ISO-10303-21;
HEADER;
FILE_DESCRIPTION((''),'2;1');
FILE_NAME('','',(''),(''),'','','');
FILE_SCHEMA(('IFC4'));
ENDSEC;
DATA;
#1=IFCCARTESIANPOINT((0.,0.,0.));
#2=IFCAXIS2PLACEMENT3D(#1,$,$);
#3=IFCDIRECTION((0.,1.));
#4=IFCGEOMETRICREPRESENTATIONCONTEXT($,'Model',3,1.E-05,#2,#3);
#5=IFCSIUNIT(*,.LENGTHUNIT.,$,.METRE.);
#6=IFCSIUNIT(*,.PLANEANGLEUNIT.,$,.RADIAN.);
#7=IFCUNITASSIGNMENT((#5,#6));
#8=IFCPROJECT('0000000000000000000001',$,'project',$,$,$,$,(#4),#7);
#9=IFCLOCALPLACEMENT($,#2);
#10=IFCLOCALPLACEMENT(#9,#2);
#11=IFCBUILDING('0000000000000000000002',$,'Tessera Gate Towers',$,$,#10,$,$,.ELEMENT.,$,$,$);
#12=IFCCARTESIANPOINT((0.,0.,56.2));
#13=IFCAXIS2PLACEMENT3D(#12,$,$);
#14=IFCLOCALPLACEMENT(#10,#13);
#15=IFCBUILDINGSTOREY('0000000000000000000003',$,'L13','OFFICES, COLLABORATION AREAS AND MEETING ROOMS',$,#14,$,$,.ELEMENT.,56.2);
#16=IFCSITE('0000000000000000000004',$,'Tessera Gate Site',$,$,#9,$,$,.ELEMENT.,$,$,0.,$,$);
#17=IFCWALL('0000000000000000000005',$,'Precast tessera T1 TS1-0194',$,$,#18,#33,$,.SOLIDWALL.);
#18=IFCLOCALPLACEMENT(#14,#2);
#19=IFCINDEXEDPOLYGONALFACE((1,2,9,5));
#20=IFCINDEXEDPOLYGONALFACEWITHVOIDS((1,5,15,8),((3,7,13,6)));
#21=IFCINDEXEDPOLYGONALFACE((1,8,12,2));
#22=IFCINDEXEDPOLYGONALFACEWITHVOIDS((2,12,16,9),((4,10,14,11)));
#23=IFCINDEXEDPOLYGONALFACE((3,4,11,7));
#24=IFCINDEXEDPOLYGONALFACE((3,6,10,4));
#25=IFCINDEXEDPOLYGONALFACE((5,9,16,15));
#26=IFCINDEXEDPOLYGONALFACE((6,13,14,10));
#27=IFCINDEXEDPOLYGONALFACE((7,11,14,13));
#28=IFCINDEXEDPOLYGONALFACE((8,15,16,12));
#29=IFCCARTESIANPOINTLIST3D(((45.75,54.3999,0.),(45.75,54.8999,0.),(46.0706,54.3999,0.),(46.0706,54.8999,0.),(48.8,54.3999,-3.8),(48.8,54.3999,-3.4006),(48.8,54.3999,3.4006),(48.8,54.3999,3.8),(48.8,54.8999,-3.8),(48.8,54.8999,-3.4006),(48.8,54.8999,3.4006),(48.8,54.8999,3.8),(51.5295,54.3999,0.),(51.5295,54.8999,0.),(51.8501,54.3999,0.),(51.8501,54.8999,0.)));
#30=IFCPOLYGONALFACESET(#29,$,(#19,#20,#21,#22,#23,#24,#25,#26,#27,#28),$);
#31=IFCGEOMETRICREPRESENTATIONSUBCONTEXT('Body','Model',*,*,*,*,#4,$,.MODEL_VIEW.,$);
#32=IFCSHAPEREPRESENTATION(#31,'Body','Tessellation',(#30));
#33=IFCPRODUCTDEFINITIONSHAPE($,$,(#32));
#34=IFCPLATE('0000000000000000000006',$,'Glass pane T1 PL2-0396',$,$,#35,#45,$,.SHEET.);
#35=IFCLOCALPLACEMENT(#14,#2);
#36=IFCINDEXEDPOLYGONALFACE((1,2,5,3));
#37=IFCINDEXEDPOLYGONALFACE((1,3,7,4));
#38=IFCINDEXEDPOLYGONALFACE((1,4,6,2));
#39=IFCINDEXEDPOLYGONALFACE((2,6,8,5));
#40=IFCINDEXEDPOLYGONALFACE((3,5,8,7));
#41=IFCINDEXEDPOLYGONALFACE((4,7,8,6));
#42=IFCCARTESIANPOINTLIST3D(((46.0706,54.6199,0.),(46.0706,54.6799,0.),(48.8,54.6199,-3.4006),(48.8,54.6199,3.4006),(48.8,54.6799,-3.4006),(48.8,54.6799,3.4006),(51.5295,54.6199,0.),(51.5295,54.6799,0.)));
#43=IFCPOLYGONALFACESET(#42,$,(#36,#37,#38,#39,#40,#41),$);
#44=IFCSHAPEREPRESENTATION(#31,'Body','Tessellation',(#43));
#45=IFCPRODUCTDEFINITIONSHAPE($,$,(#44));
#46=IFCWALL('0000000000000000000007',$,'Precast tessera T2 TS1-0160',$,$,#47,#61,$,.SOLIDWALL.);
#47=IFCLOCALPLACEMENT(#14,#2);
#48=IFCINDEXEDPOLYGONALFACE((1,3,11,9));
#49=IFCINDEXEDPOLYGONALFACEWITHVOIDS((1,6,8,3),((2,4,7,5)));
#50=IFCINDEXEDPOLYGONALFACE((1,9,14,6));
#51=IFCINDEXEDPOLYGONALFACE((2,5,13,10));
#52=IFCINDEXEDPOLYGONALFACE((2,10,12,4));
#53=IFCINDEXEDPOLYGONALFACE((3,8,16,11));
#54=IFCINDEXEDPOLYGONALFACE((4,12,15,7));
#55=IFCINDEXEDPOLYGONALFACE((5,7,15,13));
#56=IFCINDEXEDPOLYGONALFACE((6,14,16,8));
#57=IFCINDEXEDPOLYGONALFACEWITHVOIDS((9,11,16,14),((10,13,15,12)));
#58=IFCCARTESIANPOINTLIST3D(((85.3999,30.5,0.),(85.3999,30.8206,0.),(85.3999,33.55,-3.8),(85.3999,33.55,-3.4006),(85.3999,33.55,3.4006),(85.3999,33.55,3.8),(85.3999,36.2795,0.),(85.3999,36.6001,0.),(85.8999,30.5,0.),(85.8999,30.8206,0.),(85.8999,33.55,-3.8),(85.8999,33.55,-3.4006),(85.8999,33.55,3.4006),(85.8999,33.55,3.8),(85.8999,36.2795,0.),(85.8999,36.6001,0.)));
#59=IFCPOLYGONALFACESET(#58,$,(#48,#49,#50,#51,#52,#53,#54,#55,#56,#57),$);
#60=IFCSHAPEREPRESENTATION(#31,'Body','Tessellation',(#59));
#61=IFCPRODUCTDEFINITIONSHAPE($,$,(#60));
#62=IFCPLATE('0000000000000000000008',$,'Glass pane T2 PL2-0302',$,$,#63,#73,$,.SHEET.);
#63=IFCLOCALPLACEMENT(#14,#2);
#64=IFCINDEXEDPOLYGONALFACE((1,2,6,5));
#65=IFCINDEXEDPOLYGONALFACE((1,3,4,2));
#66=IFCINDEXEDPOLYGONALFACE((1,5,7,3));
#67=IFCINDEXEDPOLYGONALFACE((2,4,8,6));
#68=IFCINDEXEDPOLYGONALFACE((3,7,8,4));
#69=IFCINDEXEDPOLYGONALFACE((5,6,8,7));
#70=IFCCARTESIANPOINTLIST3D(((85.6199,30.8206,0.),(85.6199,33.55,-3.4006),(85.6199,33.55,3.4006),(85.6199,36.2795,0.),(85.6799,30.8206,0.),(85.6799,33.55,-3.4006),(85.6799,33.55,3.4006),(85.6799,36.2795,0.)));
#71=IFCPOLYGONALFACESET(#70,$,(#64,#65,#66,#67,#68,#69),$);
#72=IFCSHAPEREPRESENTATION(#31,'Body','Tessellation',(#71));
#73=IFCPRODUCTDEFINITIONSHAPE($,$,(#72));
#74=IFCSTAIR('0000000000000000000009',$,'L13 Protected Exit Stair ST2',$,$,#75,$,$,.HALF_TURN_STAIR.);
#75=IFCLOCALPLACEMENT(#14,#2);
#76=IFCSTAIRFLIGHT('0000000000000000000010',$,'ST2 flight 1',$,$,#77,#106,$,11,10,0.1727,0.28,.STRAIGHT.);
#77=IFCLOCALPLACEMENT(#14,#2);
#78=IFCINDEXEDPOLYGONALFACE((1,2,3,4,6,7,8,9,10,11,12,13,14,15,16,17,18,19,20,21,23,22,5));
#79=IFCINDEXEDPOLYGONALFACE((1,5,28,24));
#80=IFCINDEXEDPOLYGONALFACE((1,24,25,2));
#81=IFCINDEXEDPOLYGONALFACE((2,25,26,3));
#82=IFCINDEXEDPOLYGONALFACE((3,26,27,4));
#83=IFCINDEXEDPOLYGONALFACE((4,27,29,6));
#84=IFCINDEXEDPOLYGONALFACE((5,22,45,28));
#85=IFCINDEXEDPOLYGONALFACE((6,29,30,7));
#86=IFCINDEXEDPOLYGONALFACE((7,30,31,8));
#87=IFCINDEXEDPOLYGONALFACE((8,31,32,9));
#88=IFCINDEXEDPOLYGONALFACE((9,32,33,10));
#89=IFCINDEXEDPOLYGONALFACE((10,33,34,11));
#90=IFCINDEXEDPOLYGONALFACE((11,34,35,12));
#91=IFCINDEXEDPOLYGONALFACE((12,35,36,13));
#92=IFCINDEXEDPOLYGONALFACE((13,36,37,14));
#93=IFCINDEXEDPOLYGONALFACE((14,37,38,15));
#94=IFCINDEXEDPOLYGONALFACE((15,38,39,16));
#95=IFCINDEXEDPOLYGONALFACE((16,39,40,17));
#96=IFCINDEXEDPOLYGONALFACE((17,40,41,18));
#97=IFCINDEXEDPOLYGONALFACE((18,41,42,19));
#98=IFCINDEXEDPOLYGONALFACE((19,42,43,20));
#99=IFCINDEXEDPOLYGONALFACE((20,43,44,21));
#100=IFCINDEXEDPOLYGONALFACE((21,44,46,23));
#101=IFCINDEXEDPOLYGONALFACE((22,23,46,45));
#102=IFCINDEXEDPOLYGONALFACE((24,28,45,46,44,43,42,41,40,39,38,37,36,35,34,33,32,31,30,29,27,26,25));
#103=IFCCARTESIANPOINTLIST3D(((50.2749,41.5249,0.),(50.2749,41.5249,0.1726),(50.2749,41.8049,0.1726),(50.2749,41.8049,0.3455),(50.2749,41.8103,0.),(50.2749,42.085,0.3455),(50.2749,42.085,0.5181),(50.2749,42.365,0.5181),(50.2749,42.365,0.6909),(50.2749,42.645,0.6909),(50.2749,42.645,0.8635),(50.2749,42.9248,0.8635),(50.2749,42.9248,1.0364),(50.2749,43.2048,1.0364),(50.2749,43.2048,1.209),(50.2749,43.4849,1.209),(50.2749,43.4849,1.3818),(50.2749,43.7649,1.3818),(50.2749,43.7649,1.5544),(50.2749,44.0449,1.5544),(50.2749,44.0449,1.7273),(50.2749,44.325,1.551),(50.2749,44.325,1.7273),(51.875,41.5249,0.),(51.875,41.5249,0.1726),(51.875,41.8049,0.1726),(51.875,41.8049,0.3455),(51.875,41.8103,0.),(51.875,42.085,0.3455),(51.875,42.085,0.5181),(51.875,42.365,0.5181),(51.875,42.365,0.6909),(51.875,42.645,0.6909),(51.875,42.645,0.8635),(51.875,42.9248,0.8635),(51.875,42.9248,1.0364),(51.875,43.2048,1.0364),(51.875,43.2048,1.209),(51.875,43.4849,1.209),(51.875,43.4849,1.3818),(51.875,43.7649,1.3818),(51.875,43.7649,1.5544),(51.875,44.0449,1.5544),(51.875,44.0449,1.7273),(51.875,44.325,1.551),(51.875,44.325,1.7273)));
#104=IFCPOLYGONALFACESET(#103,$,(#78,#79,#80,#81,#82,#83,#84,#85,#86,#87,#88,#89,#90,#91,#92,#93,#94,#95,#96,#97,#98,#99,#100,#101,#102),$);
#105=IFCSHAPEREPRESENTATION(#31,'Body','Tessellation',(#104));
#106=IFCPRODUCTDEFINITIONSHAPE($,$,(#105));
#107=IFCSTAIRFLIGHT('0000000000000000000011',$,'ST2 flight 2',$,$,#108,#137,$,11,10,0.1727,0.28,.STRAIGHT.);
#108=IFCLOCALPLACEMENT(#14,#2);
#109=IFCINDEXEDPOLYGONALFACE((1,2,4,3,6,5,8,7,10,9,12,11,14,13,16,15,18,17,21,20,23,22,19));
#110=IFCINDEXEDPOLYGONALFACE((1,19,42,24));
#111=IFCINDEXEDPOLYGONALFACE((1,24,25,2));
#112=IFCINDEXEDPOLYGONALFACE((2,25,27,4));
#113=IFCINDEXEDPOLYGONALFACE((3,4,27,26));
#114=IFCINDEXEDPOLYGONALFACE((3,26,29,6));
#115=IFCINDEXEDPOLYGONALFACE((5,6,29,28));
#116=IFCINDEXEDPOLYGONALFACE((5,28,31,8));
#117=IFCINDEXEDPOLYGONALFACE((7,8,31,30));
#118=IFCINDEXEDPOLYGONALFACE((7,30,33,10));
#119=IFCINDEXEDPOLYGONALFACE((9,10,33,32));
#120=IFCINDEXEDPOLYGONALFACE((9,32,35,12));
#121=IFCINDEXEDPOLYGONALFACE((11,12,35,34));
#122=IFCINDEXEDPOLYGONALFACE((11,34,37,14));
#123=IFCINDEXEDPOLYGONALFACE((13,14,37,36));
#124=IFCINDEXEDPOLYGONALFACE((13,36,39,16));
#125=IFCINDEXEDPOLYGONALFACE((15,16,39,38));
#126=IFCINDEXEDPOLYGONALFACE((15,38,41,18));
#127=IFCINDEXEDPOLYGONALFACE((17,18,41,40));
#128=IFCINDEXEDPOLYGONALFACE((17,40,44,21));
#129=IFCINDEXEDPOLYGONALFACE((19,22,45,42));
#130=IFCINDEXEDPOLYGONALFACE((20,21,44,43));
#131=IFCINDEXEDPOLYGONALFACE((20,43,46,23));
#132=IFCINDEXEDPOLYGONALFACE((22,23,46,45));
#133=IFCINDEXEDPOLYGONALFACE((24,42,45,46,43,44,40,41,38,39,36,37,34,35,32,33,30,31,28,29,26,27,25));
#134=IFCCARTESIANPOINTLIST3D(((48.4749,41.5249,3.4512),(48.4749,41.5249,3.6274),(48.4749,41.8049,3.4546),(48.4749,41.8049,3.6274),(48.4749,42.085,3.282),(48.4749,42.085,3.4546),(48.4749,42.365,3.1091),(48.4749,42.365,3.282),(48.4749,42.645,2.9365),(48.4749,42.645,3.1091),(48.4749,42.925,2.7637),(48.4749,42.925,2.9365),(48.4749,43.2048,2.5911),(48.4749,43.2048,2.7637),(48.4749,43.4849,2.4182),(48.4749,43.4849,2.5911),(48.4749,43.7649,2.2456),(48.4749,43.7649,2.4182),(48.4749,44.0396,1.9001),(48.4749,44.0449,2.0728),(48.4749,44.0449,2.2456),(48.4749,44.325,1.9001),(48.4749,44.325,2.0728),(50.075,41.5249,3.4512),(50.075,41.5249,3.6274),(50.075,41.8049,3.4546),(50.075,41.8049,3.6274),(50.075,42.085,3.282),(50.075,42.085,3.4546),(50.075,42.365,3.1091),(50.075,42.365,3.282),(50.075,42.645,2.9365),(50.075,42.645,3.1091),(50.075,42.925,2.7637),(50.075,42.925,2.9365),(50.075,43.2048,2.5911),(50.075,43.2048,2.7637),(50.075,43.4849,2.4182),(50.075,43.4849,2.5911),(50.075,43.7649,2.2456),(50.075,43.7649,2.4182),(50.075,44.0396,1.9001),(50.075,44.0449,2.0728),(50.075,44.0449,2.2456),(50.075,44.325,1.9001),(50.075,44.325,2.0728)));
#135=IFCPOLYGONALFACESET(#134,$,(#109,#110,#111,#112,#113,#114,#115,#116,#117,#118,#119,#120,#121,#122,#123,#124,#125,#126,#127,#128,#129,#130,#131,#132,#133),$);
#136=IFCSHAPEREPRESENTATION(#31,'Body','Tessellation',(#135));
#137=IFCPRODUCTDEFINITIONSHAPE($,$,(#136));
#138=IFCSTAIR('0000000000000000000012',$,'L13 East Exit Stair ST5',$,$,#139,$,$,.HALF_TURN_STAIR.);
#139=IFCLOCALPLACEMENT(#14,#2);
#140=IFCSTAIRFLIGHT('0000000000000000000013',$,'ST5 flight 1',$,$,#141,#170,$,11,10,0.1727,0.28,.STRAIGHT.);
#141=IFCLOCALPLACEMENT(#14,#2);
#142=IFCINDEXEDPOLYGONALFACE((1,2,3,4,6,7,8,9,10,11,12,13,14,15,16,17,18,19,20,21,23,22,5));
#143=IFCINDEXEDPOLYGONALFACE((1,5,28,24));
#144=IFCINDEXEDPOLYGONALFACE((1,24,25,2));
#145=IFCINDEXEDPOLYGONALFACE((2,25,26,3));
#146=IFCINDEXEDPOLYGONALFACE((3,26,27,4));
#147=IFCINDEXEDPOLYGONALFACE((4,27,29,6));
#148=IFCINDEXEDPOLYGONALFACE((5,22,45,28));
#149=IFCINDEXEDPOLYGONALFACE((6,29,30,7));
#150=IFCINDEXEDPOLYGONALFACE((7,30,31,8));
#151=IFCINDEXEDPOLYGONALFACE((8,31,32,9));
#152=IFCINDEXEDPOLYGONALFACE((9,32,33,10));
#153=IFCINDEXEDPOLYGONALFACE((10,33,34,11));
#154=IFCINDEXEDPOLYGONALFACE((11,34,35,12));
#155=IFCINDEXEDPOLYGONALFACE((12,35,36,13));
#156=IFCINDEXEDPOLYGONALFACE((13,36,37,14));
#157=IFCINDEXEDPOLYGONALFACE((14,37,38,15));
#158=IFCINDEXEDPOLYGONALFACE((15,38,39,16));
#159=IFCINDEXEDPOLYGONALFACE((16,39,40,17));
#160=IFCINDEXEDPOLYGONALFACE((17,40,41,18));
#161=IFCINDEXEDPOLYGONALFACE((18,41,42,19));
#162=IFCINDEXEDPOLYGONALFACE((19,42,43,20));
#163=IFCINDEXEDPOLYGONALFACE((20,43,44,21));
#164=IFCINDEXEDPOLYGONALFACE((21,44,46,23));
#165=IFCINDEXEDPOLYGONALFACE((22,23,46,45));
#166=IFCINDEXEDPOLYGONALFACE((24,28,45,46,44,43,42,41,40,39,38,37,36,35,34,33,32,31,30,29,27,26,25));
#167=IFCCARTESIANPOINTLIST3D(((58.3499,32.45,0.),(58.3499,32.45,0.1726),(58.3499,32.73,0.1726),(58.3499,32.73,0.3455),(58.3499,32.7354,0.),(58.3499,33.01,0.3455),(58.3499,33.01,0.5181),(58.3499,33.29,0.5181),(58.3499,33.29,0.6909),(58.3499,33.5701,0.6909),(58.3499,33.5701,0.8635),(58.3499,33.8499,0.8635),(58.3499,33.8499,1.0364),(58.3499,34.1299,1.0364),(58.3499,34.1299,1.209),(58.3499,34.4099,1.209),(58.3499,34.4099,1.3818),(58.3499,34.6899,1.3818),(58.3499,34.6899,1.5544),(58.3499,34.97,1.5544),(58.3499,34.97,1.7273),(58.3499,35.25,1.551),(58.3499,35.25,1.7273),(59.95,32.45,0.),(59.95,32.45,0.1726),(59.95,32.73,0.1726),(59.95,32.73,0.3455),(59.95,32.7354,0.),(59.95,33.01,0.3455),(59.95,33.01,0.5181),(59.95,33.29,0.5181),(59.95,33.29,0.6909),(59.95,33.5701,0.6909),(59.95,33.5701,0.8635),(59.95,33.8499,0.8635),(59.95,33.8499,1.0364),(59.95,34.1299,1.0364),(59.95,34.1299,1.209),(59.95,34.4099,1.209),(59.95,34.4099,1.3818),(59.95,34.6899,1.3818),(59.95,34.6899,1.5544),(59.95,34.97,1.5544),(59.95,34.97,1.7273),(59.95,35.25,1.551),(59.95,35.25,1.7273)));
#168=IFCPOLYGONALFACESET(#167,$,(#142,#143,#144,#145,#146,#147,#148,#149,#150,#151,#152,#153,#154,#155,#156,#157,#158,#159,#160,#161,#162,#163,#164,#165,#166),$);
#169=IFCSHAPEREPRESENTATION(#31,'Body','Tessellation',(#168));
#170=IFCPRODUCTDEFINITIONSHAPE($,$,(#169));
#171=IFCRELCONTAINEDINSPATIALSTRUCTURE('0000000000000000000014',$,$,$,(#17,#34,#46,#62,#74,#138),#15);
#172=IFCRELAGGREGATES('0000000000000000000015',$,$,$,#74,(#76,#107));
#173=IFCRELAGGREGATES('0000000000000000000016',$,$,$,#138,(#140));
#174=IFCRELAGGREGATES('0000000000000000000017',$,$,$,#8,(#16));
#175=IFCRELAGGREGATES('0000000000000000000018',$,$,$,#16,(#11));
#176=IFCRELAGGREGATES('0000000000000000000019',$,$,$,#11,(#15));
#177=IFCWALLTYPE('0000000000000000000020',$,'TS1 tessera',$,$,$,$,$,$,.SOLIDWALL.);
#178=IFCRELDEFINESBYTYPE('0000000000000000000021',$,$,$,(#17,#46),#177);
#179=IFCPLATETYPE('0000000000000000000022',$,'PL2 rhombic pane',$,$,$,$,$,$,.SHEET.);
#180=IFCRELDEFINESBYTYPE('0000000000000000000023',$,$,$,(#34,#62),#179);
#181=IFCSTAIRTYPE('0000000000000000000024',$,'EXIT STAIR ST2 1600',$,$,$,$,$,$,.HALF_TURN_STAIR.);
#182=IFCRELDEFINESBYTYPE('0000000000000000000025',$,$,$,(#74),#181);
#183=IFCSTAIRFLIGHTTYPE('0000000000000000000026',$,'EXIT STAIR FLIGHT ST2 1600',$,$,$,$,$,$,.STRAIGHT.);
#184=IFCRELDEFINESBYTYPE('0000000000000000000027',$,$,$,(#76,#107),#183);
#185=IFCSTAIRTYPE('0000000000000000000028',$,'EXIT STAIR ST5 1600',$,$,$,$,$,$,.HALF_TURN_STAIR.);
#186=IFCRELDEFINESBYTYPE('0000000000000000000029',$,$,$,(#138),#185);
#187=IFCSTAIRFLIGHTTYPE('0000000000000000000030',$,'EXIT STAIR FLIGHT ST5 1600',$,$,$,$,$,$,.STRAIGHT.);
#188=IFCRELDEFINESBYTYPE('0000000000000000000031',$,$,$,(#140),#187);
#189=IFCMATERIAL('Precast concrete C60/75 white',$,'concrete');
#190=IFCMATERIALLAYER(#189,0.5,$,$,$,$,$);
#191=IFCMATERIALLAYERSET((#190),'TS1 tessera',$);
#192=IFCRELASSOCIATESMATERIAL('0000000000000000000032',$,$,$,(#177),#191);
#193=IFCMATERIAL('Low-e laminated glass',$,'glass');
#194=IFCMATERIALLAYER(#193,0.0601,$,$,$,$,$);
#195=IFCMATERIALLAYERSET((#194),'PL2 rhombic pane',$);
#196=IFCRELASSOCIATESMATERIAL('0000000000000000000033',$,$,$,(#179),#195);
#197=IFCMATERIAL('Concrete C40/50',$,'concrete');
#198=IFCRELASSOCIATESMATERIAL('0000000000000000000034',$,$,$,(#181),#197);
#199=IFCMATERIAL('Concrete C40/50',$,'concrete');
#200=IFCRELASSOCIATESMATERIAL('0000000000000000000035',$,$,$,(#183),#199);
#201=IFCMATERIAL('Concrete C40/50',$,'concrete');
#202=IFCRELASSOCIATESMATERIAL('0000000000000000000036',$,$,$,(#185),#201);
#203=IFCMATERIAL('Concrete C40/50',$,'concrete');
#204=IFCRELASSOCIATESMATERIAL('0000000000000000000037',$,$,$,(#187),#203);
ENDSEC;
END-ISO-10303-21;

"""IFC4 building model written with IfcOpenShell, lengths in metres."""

from ifc_helpers import new_model, si_unit, direction, frame, origin, place, context, subcontext, project, spatial, polyline, outline, extrude, source, transform, mapped, material, layer, layer_set, type_object, element, fill, aggregate, save


model = new_model("IFC4")

# Units and contexts
model_context = context("Model", 3, precision=1e-05, world=origin(), true_north=direction((0.0, 1.0)))
body_context = subcontext(model_context, "Body", "Model", "MODEL_VIEW")
ifc_project = project(units=[si_unit("LENGTHUNIT", "METRE"), si_unit("PLANEANGLEUNIT", "RADIAN")], contexts=[model_context])

# Site, building, storey
site_placement = place(None, origin())
site = spatial("IfcSite", under=ifc_project, at=site_placement, Name="Tessera Gate Site", CompositionType="ELEMENT", RefElevation=0.0)
building_placement = place(site_placement, origin())
building = spatial("IfcBuilding", under=site, at=building_placement, Name="Tessera Gate Towers", CompositionType="ELEMENT")
storey_placement = place(building_placement, frame((0.0, 0.0, 56.2)))
storey = spatial("IfcBuildingStorey", under=building, at=storey_placement, Name="L13", Description="OFFICES, COLLABORATION AREAS AND MEETING ROOMS", CompositionType="ELEMENT", Elevation=56.2)

# Walls, openings, plates
ifc_material_1 = material(Name="Precast concrete C60/75 white", Category="concrete")
ifc_layer_1 = layer(ifc_material_1, 0.5)
ifc_layer_set_1 = layer_set([ifc_layer_1], Name="TS1 tessera")
wall_type_1 = type_object("IfcWallType", Name="TS1 tessera", PredefinedType="SOLIDWALL", material=ifc_layer_set_1)
shared_shape_1 = source(origin(), body_context, "Body", "SweptSolid", [
    extrude(outline(polyline([(3.05, 0.0), (6.1001, 3.8), (3.05, 7.6001), (0.0, 3.8), (3.05, 0.0)])), frame((0.0, 0.25, 0.0), z_axis=(0.0, -1.0, 0.0), x_axis=(1.0, 0.0, 0.0)), (0.0, 0.0, 1.0), 0.5),
])
wall_1_placement = place(storey_placement, frame((51.8501, 54.6499, -3.8), z_axis=(0.0, 0.0, 1.0), x_axis=(-1.0, 0.0, 0.0)))
wall_1 = element("IfcWall", 1, at=wall_1_placement, inside=storey, type_object=wall_type_1, Name="Precast tessera T1 TS1-0194", PredefinedType="SOLIDWALL", context=body_context, shape_type="MappedRepresentation", body=[
    mapped(shared_shape_1, transform((0.0, 0.0, 0.0), scale=1.0)),
])
shared_shape_2 = source(origin(), body_context, "Body", "SweptSolid", [
    extrude(outline(polyline([(3.05, 0.3994), (5.7795, 3.8), (3.05, 7.2007), (0.3206, 3.8), (3.05, 0.3994)])), frame((0.0, 0.26, 0.0), z_axis=(0.0, -1.0, 0.0), x_axis=(1.0, 0.0, 0.0)), (0.0, 0.0, 1.0), 0.52),
])
opening_1_placement = place(wall_1_placement, origin())
opening_1 = element("IfcOpeningElement", 2, at=opening_1_placement, cuts=wall_1, PredefinedType="OPENING", context=body_context, shape_type="MappedRepresentation", body=[
    mapped(shared_shape_2, transform((0.0, 0.0, 0.0), scale=1.0)),
])
ifc_material_2 = material(Name="Low-e laminated glass", Category="glass")
ifc_layer_2 = layer(ifc_material_2, 0.0601)
ifc_layer_set_2 = layer_set([ifc_layer_2], Name="PL2 rhombic pane")
plate_type = type_object("IfcPlateType", Name="PL2 rhombic pane", PredefinedType="SHEET", material=ifc_layer_set_2)
shared_shape_3 = source(origin(), body_context, "Body", "SweptSolid", [
    extrude(outline(polyline([(3.05, 0.3994), (5.7795, 3.8), (3.05, 7.2007), (0.3206, 3.8), (3.05, 0.3994)])), frame((0.0, 0.03, 0.0), z_axis=(0.0, -1.0, 0.0), x_axis=(1.0, 0.0, 0.0)), (0.0, 0.0, 1.0), 0.0601),
])
plate_1_placement = place(opening_1_placement, origin())
plate_1 = element("IfcPlate", 3, at=plate_1_placement, inside=storey, type_object=plate_type, Name="Glass pane T1 PL2-0396", PredefinedType="SHEET", context=body_context, shape_type="MappedRepresentation", body=[
    mapped(shared_shape_3, transform((0.0, 0.0, 0.0), scale=1.0)),
])
fill(opening_1, plate_1)
wall_2_placement = place(storey_placement, frame((85.6499, 36.6001, -3.8), z_axis=(0.0, 0.0, 1.0), x_axis=(0.0, -1.0, 0.0)))
wall_2 = element("IfcWall", 4, at=wall_2_placement, inside=storey, type_object=wall_type_1, Name="Precast tessera T2 TS1-0160", PredefinedType="SOLIDWALL", context=body_context, shape_type="MappedRepresentation", body=[
    mapped(shared_shape_1, transform((0.0, 0.0, 0.0), scale=1.0)),
])
opening_2_placement = place(wall_2_placement, origin())
opening_2 = element("IfcOpeningElement", 5, at=opening_2_placement, cuts=wall_2, PredefinedType="OPENING", context=body_context, shape_type="MappedRepresentation", body=[
    mapped(shared_shape_2, transform((0.0, 0.0, 0.0), scale=1.0)),
])
plate_2_placement = place(opening_2_placement, origin())
plate_2 = element("IfcPlate", 6, at=plate_2_placement, inside=storey, type_object=plate_type, Name="Glass pane T2 PL2-0302", PredefinedType="SHEET", context=body_context, shape_type="MappedRepresentation", body=[
    mapped(shared_shape_3, transform((0.0, 0.0, 0.0), scale=1.0)),
])
fill(opening_2, plate_2)

# Stairs, stair flights
ifc_material_3 = material(Name="Concrete C40/50", Category="concrete")
stair_type_1 = type_object("IfcStairType", Name="EXIT STAIR ST2 1600", PredefinedType="HALF_TURN_STAIR", material=ifc_material_3)
stair_1_placement = place(storey_placement, origin())
stair_1 = element("IfcStair", 7, at=stair_1_placement, inside=storey, type_object=stair_type_1, Name="L13 Protected Exit Stair ST2", PredefinedType="HALF_TURN_STAIR")
ifc_material_4 = material(Name="Concrete C40/50", Category="concrete")
stair_flight_type_1 = type_object("IfcStairFlightType", Name="EXIT STAIR FLIGHT ST2 1600", PredefinedType="STRAIGHT", material=ifc_material_4)
stair_flight_1_placement = place(storey_placement, frame((51.075, 41.5249, 0.0), z_axis=(0.0, 0.0, 1.0), x_axis=(0.0, 1.0, 0.0)))
stair_flight_1 = element("IfcStairFlight", 8, at=stair_flight_1_placement, type_object=stair_flight_type_1, Name="ST2 flight 1", NumberOfRisers=11, NumberOfTreads=10, PredefinedType="STRAIGHT", RiserHeight=0.1727, TreadLength=0.28, context=body_context, shape_type="SweptSolid", body=[
    extrude(outline(polyline([(0.0, 0.0), (0.0, 0.1726), (0.28, 0.1726), (0.28, 0.3455), (0.5601, 0.3455), (0.5601, 0.5181), (0.8401, 0.5181), (0.8401, 0.6909), (1.1201, 0.6909), (1.1201, 0.8635), (1.3999, 0.8635), (1.3999, 1.0364), (1.6799, 1.0364), (1.6799, 1.209), (1.96, 1.209), (1.96, 1.3818), (2.24, 1.3818), (2.24, 1.5544), (2.52, 1.5544), (2.52, 1.7273), (2.8, 1.7273), (2.8, 1.8999), (2.8, 1.551), (0.2854, 0.0), (0.0, 0.0)])), frame((0.0, 0.8, 0.0), z_axis=(0.0, -1.0, 0.0), x_axis=(1.0, 0.0, 0.0)), (0.0, 0.0, 1.0), 1.6001),
])
stair_flight_2_placement = place(storey_placement, frame((49.2749, 44.325, 1.9001), z_axis=(0.0, 0.0, 1.0), x_axis=(0.0, -1.0, 0.0)))
stair_flight_2 = element("IfcStairFlight", 9, at=stair_flight_2_placement, type_object=stair_flight_type_1, Name="ST2 flight 2", NumberOfRisers=11, NumberOfTreads=10, PredefinedType="STRAIGHT", RiserHeight=0.1727, TreadLength=0.28, context=body_context, shape_type="SweptSolid", body=[
    extrude(outline(polyline([(0.0, 0.0), (0.0, 0.1726), (0.28, 0.1726), (0.28, 0.3455), (0.5601, 0.3455), (0.5601, 0.5181), (0.8401, 0.5181), (0.8401, 0.6909), (1.1201, 0.6909), (1.1201, 0.8635), (1.3999, 0.8635), (1.3999, 1.0364), (1.6799, 1.0364), (1.6799, 1.209), (1.96, 1.209), (1.96, 1.3818), (2.24, 1.3818), (2.24, 1.5544), (2.52, 1.5544), (2.52, 1.7273), (2.8, 1.7273), (2.8, 1.8999), (2.8, 1.551), (0.2854, 0.0), (0.0, 0.0)])), frame((0.0, 0.8, 0.0), z_axis=(0.0, -1.0, 0.0), x_axis=(1.0, 0.0, 0.0)), (0.0, 0.0, 1.0), 1.6001),
])
aggregate(stair_1, [stair_flight_1, stair_flight_2])
ifc_material_5 = material(Name="Concrete C40/50", Category="concrete")
stair_type_2 = type_object("IfcStairType", Name="EXIT STAIR ST5 1600", PredefinedType="HALF_TURN_STAIR", material=ifc_material_5)
stair_2_placement = place(storey_placement, origin())
stair_2 = element("IfcStair", 10, at=stair_2_placement, inside=storey, type_object=stair_type_2, Name="L13 East Exit Stair ST5", PredefinedType="HALF_TURN_STAIR")
ifc_material_6 = material(Name="Concrete C40/50", Category="concrete")
stair_flight_type_2 = type_object("IfcStairFlightType", Name="EXIT STAIR FLIGHT ST5 1600", PredefinedType="STRAIGHT", material=ifc_material_6)
stair_flight_3_placement = place(storey_placement, frame((59.1499, 32.45, 0.0), z_axis=(0.0, 0.0, 1.0), x_axis=(0.0, 1.0, 0.0)))
stair_flight_3 = element("IfcStairFlight", 11, at=stair_flight_3_placement, type_object=stair_flight_type_2, Name="ST5 flight 1", NumberOfRisers=11, NumberOfTreads=10, PredefinedType="STRAIGHT", RiserHeight=0.1727, TreadLength=0.28, context=body_context, shape_type="SweptSolid", body=[
    extrude(outline(polyline([(0.0, 0.0), (0.0, 0.1726), (0.28, 0.1726), (0.28, 0.3455), (0.5601, 0.3455), (0.5601, 0.5181), (0.8401, 0.5181), (0.8401, 0.6909), (1.1201, 0.6909), (1.1201, 0.8635), (1.3999, 0.8635), (1.3999, 1.0364), (1.6799, 1.0364), (1.6799, 1.209), (1.96, 1.209), (1.96, 1.3818), (2.24, 1.3818), (2.24, 1.5544), (2.52, 1.5544), (2.52, 1.7273), (2.8, 1.7273), (2.8, 1.8999), (2.8, 1.551), (0.2854, 0.0), (0.0, 0.0)])), frame((0.0, 0.8, 0.0), z_axis=(0.0, -1.0, 0.0), x_axis=(1.0, 0.0, 0.0)), (0.0, 0.0, 1.0), 1.6001),
])
aggregate(stair_2, [stair_flight_3])

save(model, "model.ifc")
